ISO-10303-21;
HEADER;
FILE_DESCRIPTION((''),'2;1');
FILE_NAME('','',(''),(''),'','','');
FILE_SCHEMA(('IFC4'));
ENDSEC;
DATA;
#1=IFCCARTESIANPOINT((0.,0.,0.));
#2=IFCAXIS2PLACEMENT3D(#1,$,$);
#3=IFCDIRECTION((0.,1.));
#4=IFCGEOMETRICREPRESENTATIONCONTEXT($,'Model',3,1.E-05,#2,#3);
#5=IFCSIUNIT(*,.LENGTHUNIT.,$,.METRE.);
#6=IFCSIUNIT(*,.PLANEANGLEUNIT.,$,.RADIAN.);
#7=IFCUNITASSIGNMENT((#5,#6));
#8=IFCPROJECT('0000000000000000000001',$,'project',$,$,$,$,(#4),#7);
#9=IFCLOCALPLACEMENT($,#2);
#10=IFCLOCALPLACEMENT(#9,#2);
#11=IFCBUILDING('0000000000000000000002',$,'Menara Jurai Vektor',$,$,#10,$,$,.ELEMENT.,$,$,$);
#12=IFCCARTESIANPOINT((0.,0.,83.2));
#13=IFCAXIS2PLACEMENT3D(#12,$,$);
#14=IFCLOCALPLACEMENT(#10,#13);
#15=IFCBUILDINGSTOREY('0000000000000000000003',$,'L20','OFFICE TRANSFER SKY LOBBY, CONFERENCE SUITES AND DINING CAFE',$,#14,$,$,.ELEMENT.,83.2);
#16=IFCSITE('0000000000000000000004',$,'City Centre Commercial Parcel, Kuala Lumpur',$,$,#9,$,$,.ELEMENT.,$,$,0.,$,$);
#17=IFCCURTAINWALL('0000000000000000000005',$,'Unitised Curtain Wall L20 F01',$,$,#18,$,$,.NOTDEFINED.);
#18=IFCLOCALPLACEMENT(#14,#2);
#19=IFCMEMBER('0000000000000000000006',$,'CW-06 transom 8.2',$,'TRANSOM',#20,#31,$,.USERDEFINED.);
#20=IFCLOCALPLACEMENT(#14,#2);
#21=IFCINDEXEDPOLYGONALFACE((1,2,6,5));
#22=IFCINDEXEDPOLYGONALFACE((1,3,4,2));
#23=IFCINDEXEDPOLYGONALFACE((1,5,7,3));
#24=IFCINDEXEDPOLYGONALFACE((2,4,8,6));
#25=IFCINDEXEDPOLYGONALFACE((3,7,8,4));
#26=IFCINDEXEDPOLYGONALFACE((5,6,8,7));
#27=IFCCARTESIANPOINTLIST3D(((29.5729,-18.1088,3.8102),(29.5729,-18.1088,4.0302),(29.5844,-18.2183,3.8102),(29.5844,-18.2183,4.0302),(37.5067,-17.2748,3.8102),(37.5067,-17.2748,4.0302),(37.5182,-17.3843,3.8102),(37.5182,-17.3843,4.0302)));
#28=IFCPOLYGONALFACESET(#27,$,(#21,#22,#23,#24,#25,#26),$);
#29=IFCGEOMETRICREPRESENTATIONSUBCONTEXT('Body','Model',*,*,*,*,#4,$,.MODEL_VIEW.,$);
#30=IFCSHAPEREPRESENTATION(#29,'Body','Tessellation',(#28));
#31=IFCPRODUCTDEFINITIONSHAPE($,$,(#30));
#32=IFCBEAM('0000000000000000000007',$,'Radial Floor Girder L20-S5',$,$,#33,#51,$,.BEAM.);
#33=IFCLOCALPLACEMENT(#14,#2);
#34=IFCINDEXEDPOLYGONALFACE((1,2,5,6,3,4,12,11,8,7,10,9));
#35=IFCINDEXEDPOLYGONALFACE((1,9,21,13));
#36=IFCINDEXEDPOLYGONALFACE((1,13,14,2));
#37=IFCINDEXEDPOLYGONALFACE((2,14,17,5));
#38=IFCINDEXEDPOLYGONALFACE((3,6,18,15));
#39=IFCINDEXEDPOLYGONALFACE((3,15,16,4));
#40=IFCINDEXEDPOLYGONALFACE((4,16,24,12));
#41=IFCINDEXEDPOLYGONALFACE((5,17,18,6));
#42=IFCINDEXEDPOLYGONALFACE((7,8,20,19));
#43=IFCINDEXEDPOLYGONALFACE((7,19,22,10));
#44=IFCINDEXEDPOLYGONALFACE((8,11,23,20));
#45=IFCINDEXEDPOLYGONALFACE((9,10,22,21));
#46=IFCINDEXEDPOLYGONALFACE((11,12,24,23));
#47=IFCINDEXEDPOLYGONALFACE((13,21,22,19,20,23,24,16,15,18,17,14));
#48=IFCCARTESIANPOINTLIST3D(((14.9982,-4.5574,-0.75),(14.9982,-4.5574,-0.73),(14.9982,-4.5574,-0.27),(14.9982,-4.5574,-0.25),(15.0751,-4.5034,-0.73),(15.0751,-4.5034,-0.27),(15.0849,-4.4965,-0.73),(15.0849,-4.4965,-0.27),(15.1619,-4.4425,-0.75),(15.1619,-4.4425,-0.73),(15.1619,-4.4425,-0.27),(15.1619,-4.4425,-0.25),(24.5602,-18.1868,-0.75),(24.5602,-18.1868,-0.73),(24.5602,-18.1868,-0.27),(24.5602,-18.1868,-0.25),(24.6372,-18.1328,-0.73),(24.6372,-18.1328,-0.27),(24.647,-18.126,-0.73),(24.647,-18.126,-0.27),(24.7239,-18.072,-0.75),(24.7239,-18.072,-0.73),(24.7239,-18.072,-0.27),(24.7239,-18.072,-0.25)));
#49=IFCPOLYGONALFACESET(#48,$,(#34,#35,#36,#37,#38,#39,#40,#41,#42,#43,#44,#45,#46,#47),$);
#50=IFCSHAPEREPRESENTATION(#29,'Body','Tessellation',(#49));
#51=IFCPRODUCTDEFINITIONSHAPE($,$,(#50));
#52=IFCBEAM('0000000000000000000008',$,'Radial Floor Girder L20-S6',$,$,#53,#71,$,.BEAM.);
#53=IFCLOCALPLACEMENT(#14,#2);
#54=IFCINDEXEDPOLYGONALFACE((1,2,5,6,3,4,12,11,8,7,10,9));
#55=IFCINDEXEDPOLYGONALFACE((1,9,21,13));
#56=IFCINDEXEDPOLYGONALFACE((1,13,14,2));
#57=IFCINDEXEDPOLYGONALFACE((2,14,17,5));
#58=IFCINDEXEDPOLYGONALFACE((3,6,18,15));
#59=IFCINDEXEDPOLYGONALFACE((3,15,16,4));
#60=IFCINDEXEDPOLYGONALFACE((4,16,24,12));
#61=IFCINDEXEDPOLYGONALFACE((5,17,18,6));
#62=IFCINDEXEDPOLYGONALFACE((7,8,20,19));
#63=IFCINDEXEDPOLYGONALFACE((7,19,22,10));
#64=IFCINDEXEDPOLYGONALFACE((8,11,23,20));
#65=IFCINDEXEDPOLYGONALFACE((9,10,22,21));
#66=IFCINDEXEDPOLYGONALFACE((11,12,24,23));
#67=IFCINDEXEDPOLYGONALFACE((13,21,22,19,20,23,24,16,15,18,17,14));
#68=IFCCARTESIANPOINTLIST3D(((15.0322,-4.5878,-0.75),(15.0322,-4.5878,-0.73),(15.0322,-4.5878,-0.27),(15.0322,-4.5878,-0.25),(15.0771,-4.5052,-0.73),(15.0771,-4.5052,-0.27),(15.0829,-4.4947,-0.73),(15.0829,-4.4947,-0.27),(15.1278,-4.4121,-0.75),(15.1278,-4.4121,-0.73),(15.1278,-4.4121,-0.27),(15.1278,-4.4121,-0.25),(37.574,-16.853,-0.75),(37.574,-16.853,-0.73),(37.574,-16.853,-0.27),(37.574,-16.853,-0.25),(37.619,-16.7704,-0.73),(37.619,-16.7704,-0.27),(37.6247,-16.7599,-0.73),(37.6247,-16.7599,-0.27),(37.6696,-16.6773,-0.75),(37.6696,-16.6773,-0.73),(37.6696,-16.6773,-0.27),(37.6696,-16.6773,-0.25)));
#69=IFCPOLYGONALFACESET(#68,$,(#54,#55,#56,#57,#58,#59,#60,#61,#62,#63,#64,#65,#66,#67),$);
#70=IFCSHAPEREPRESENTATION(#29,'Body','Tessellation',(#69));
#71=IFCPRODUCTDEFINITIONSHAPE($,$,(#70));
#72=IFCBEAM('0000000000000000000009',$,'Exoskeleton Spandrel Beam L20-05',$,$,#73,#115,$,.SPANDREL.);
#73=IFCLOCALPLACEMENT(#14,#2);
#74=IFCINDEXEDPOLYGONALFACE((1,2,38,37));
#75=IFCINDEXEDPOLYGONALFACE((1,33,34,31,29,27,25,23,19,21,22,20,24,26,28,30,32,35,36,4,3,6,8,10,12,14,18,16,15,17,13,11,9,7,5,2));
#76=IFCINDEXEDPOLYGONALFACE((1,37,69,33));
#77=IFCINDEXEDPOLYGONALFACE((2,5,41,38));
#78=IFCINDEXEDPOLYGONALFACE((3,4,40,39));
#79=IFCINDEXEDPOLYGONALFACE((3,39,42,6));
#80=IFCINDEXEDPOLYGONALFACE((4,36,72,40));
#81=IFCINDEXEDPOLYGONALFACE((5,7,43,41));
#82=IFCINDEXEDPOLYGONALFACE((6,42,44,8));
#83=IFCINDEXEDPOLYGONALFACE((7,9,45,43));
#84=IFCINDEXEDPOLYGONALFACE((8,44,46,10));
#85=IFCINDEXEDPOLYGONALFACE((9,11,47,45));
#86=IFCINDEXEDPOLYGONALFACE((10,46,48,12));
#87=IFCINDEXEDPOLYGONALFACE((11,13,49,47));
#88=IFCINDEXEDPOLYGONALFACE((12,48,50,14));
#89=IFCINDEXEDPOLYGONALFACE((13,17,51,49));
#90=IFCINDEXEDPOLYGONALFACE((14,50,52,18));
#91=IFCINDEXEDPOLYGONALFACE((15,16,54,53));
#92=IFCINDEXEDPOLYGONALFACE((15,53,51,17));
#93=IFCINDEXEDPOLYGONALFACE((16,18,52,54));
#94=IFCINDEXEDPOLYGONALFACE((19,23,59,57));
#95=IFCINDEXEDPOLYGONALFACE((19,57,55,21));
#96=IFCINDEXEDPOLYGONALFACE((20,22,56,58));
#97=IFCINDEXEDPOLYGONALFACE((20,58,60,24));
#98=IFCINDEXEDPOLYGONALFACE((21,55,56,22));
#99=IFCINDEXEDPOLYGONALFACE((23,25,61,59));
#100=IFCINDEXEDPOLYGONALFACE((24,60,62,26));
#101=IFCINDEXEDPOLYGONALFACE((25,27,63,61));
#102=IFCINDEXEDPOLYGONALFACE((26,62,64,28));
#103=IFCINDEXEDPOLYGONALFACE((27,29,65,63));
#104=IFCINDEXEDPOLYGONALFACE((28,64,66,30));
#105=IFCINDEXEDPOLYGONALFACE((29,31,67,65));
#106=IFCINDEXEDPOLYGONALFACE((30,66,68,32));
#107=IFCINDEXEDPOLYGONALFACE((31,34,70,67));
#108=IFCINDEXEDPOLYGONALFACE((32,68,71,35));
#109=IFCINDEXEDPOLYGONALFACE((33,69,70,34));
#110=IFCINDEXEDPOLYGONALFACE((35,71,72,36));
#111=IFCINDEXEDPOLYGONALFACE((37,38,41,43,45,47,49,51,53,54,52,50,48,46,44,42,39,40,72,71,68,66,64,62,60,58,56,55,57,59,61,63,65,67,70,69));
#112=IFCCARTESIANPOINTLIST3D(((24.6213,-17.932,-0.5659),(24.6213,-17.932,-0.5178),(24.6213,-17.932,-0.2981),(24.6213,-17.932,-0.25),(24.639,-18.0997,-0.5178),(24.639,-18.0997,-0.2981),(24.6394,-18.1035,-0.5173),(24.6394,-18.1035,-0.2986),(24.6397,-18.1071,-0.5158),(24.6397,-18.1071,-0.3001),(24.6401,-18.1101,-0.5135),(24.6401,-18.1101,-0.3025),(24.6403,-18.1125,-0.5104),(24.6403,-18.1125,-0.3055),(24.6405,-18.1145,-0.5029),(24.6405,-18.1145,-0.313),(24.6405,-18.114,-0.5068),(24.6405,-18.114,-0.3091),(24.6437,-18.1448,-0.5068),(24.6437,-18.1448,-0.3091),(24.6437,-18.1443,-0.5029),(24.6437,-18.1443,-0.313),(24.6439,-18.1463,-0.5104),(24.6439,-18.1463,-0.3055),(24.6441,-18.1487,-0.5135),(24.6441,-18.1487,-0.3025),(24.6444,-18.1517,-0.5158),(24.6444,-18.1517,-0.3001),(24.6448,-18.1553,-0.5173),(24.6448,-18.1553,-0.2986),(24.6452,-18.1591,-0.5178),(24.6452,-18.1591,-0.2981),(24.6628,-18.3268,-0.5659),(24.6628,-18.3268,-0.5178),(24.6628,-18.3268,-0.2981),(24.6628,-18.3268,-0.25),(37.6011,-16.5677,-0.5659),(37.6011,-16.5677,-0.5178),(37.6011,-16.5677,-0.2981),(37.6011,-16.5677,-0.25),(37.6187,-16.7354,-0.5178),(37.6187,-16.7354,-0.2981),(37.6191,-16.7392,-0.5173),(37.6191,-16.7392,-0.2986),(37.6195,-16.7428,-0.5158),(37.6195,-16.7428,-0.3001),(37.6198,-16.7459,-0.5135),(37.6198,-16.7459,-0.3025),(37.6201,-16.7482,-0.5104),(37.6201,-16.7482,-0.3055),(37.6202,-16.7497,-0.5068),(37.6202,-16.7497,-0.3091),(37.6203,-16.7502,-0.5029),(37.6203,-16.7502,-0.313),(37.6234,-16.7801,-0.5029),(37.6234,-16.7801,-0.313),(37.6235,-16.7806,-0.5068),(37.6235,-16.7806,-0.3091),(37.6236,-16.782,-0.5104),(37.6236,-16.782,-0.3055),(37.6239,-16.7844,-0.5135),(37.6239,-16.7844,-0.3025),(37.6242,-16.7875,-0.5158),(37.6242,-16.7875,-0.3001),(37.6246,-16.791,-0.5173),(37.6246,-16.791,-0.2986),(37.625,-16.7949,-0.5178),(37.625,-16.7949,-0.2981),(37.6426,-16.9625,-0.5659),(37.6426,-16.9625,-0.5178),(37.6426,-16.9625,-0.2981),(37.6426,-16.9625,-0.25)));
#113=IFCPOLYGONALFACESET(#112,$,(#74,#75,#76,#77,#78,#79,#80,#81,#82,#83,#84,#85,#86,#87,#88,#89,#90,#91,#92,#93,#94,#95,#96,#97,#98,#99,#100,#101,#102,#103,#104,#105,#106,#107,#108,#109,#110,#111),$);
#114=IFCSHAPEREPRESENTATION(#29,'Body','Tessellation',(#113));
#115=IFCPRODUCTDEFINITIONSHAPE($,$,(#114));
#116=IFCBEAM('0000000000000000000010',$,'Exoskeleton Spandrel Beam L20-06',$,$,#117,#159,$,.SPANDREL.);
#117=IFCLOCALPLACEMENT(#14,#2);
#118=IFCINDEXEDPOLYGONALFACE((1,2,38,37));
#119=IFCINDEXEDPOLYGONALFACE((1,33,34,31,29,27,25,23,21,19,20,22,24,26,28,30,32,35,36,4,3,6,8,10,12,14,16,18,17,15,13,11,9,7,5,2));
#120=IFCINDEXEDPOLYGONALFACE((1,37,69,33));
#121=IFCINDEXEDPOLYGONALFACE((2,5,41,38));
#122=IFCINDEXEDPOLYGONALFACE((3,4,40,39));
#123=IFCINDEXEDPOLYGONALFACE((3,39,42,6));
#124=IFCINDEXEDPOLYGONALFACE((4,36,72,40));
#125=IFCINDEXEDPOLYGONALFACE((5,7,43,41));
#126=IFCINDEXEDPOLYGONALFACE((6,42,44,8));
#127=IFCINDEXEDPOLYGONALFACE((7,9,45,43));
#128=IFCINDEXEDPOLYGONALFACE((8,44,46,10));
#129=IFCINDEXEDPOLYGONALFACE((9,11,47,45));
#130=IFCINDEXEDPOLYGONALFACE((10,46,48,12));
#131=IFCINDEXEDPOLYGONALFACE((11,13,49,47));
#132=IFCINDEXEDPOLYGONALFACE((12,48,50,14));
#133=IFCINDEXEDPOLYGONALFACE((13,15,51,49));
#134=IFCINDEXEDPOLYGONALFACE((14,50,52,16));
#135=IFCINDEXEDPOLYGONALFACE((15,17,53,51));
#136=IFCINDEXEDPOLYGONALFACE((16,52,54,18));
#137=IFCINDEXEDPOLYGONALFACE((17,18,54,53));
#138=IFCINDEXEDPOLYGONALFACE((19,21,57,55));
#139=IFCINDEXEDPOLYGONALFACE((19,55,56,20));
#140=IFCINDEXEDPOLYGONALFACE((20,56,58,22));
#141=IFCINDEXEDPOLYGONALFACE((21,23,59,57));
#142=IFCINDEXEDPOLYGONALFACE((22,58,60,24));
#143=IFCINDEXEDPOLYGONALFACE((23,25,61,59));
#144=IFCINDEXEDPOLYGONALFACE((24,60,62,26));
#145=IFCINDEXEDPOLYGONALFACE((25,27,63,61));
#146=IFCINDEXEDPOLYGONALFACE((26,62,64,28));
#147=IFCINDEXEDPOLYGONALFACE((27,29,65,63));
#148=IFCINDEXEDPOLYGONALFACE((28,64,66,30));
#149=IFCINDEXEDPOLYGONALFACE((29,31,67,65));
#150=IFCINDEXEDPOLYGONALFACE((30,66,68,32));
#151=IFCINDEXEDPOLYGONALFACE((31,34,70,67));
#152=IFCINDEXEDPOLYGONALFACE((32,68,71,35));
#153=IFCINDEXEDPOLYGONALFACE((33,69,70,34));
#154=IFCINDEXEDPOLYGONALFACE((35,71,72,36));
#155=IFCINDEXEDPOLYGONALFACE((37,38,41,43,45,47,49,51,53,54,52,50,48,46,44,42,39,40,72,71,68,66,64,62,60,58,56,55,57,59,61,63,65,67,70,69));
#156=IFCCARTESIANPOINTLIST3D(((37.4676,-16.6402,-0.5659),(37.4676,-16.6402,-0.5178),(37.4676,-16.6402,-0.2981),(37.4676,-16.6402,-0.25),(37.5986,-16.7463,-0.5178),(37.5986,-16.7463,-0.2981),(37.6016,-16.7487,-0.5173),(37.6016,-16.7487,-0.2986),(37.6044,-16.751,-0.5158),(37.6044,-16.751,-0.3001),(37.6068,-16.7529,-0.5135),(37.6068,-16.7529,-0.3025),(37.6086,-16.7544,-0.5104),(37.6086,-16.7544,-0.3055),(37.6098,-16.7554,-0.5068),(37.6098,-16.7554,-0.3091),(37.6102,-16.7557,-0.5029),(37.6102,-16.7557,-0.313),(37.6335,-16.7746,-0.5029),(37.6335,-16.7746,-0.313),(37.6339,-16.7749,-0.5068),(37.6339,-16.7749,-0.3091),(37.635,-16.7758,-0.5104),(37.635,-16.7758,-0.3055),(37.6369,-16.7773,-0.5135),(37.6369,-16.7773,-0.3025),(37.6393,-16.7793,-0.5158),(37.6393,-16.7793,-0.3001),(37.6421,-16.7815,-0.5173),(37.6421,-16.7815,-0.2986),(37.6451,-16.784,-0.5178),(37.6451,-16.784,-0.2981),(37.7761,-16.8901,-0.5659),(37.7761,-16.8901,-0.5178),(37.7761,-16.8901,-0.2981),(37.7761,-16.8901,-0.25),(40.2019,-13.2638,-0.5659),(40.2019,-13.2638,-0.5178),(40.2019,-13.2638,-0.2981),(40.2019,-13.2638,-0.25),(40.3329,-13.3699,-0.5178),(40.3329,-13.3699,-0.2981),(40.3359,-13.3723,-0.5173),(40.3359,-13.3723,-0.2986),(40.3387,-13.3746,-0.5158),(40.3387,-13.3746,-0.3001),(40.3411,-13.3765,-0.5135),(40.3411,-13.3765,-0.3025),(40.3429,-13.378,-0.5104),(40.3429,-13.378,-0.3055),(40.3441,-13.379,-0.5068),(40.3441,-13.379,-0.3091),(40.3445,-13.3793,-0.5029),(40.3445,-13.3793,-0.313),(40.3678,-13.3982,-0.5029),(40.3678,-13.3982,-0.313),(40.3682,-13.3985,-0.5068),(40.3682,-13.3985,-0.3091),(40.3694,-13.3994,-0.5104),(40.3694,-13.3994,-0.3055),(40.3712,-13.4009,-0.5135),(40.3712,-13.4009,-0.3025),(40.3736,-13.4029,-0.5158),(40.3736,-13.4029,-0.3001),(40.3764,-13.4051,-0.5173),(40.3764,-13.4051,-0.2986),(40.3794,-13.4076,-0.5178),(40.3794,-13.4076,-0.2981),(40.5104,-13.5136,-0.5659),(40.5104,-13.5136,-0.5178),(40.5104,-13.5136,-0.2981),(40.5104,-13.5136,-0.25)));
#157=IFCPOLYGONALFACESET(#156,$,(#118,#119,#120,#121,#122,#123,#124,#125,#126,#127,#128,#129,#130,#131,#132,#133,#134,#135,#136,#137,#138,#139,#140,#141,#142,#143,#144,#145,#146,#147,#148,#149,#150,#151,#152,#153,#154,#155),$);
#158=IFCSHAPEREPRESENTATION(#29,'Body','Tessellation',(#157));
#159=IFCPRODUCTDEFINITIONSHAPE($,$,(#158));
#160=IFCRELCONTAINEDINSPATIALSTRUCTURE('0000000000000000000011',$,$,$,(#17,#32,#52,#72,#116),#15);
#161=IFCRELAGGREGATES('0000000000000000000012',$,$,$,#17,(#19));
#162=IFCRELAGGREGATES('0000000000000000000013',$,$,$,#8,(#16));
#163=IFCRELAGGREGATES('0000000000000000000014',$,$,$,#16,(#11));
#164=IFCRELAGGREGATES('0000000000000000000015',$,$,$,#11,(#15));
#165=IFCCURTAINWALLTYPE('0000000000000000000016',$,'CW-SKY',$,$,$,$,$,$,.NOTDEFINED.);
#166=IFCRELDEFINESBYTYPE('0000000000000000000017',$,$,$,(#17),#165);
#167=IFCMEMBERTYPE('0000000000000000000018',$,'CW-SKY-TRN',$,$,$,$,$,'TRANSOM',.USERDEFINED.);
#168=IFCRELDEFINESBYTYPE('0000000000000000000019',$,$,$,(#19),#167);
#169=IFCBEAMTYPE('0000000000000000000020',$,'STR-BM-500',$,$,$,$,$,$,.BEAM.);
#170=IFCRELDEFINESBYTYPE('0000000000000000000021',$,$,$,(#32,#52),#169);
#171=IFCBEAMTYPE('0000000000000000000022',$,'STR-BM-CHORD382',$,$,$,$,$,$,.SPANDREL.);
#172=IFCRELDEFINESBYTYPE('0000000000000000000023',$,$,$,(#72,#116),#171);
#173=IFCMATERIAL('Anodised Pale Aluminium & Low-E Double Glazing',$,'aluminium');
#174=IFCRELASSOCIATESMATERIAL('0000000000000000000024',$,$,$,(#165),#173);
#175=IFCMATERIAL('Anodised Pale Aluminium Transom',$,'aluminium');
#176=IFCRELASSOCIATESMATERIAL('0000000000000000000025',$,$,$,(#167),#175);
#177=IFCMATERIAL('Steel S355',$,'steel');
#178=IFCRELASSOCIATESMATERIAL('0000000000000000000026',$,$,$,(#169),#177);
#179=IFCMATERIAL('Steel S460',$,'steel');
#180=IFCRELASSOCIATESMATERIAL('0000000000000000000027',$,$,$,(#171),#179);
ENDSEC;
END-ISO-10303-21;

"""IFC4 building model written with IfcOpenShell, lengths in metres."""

from ifc_helpers import new_model, si_unit, direction, frame, origin, origin_2d, place, context, subcontext, project, spatial, rectangle, i_section, extrude, material, material_profile, profile_set, type_object, element, aggregate, save


model = new_model("IFC4")

# Units and contexts
model_context = context("Model", 3, precision=1e-05, world=origin(), true_north=direction((0.0, 1.0)))
body_context = subcontext(model_context, "Body", "Model", "MODEL_VIEW")
ifc_project = project(units=[si_unit("LENGTHUNIT", "METRE"), si_unit("PLANEANGLEUNIT", "RADIAN")], contexts=[model_context])

# Site, building, storey
site_placement = place(None, origin())
site = spatial("IfcSite", under=ifc_project, at=site_placement, Name="City Centre Commercial Parcel, Kuala Lumpur", CompositionType="ELEMENT", RefElevation=0.0)
building_placement = place(site_placement, origin())
building = spatial("IfcBuilding", under=site, at=building_placement, Name="Menara Jurai Vektor", CompositionType="ELEMENT")
storey_placement = place(building_placement, frame((0.0, 0.0, 83.2)))
storey = spatial("IfcBuildingStorey", under=building, at=storey_placement, Name="L20", Description="OFFICE TRANSFER SKY LOBBY, CONFERENCE SUITES AND DINING CAFE", CompositionType="ELEMENT", Elevation=83.2)

# Shared definitions
ifc_material_1 = material(Name="Steel S460", Category="steel")

# Curtain wall, member
ifc_material_2 = material(Name="Anodised Pale Aluminium & Low-E Double Glazing", Category="aluminium")
curtain_wall_type = type_object("IfcCurtainWallType", Name="CW-SKY", PredefinedType="NOTDEFINED", material=ifc_material_2)
curtain_wall_placement = place(storey_placement, origin())
curtain_wall = element("IfcCurtainWall", 1, at=curtain_wall_placement, inside=storey, type_object=curtain_wall_type, Name="Unitised Curtain Wall L20 F01", PredefinedType="NOTDEFINED")
ifc_material_3 = material(Name="Anodised Pale Aluminium Transom", Category="aluminium")
ifc_material_profile_1 = material_profile(ifc_material_3, rectangle(XDim=0.1101, YDim=0.22, at=origin_2d()), Name="ALU TRN 110x220")
ifc_profile_set_1 = profile_set([ifc_material_profile_1], Name="Anodised Pale Aluminium Transom")
member_type_1 = type_object("IfcMemberType", Name="CW-SKY-TRN", ElementType="TRANSOM", PredefinedType="USERDEFINED", material=ifc_profile_set_1)
member_1_placement = place(storey_placement, frame((29.5786, -18.1636, 3.9202), z_axis=(0.994521, 0.104541, 0.0), x_axis=(-0.104541, 0.994521, 0.0)))
member_1 = element("IfcMember", 2, at=member_1_placement, type_object=member_type_1, Name="CW-06 transom 8.2", ObjectType="TRANSOM", PredefinedType="USERDEFINED", context=body_context, shape_type="SweptSolid", body=[
    extrude(rectangle(XDim=0.1101, YDim=0.22, at=origin_2d()), origin(), (0.0, 0.0, 1.0), 7.9775),
])

# Beams
ifc_material_4 = material(Name="Steel S355", Category="steel")
ifc_material_profile_2 = material_profile(ifc_material_4, i_section(OverallWidth=0.2, OverallDepth=0.5, WebThickness=0.012, FlangeThickness=0.02, at=origin_2d()), Name="PG 500x200x96")
ifc_profile_set_2 = profile_set([ifc_material_profile_2], Name="Steel S355")
beam_type_1 = type_object("IfcBeamType", Name="STR-BM-500", PredefinedType="BEAM", material=ifc_profile_set_2)
beam_1_placement = place(storey_placement, frame((24.6421, -18.1294, -0.5), z_axis=(-0.574326, 0.818627, 0.0), x_axis=(-0.818627, -0.574326, 0.0)))
element("IfcBeam", 3, at=beam_1_placement, inside=storey, type_object=beam_type_1, Name="Radial Floor Girder L20-S5", PredefinedType="BEAM", context=body_context, shape_type="SweptSolid", body=[
    extrude(i_section(OverallWidth=0.2, OverallDepth=0.5, WebThickness=0.012, FlangeThickness=0.02, at=origin_2d()), origin(), (0.0, 0.0, 1.0), 16.6492),
])
beam_2_placement = place(storey_placement, frame((37.6218, -16.7651, -0.5), z_axis=(-0.878392, 0.47794, 0.0), x_axis=(-0.47794, -0.878392, 0.0)))
element("IfcBeam", 4, at=beam_2_placement, inside=storey, type_object=beam_type_1, Name="Radial Floor Girder L20-S6", PredefinedType="BEAM", context=body_context, shape_type="SweptSolid", body=[
    extrude(i_section(OverallWidth=0.2, OverallDepth=0.5, WebThickness=0.012, FlangeThickness=0.02, at=origin_2d()), origin(), (0.0, 0.0, 1.0), 25.6626),
])
ifc_material_profile_3 = material_profile(ifc_material_1, i_section(OverallWidth=0.397, OverallDepth=0.3159, WebThickness=0.03, FlangeThickness=0.0481, FilletRadius=0.0149, at=origin_2d()), Name="HD 400x382")
ifc_profile_set_3 = profile_set([ifc_material_profile_3], Name="Steel S460")
beam_type_2 = type_object("IfcBeamType", Name="STR-BM-CHORD382", PredefinedType="SPANDREL", material=ifc_profile_set_3)
beam_3_placement = place(storey_placement, frame((24.6421, -18.1294, -0.408), z_axis=(0.994522, 0.104531, 0.0), x_axis=(-0.104531, 0.994522, 0.0)))
element("IfcBeam", 5, at=beam_3_placement, inside=storey, type_object=beam_type_2, Name="Exoskeleton Spandrel Beam L20-05", PredefinedType="SPANDREL", context=body_context, shape_type="SweptSolid", body=[
    extrude(i_section(OverallWidth=0.397, OverallDepth=0.3159, WebThickness=0.03, FlangeThickness=0.0481, FilletRadius=0.0149, at=origin_2d()), origin(), (0.0, 0.0, 1.0), 13.0513),
])
beam_4_placement = place(storey_placement, frame((37.6218, -16.7651, -0.408), z_axis=(0.629344, 0.777127, 0.0), x_axis=(-0.777127, 0.629344, 0.0)))
element("IfcBeam", 6, at=beam_4_placement, inside=storey, type_object=beam_type_2, Name="Exoskeleton Spandrel Beam L20-06", PredefinedType="SPANDREL", context=body_context, shape_type="SweptSolid", body=[
    extrude(i_section(OverallWidth=0.397, OverallDepth=0.3159, WebThickness=0.03, FlangeThickness=0.0481, FilletRadius=0.0149, at=origin_2d()), origin(), (0.0, 0.0, 1.0), 4.3447),
])

aggregate(curtain_wall, [member_1])

save(model, "model.ifc")
